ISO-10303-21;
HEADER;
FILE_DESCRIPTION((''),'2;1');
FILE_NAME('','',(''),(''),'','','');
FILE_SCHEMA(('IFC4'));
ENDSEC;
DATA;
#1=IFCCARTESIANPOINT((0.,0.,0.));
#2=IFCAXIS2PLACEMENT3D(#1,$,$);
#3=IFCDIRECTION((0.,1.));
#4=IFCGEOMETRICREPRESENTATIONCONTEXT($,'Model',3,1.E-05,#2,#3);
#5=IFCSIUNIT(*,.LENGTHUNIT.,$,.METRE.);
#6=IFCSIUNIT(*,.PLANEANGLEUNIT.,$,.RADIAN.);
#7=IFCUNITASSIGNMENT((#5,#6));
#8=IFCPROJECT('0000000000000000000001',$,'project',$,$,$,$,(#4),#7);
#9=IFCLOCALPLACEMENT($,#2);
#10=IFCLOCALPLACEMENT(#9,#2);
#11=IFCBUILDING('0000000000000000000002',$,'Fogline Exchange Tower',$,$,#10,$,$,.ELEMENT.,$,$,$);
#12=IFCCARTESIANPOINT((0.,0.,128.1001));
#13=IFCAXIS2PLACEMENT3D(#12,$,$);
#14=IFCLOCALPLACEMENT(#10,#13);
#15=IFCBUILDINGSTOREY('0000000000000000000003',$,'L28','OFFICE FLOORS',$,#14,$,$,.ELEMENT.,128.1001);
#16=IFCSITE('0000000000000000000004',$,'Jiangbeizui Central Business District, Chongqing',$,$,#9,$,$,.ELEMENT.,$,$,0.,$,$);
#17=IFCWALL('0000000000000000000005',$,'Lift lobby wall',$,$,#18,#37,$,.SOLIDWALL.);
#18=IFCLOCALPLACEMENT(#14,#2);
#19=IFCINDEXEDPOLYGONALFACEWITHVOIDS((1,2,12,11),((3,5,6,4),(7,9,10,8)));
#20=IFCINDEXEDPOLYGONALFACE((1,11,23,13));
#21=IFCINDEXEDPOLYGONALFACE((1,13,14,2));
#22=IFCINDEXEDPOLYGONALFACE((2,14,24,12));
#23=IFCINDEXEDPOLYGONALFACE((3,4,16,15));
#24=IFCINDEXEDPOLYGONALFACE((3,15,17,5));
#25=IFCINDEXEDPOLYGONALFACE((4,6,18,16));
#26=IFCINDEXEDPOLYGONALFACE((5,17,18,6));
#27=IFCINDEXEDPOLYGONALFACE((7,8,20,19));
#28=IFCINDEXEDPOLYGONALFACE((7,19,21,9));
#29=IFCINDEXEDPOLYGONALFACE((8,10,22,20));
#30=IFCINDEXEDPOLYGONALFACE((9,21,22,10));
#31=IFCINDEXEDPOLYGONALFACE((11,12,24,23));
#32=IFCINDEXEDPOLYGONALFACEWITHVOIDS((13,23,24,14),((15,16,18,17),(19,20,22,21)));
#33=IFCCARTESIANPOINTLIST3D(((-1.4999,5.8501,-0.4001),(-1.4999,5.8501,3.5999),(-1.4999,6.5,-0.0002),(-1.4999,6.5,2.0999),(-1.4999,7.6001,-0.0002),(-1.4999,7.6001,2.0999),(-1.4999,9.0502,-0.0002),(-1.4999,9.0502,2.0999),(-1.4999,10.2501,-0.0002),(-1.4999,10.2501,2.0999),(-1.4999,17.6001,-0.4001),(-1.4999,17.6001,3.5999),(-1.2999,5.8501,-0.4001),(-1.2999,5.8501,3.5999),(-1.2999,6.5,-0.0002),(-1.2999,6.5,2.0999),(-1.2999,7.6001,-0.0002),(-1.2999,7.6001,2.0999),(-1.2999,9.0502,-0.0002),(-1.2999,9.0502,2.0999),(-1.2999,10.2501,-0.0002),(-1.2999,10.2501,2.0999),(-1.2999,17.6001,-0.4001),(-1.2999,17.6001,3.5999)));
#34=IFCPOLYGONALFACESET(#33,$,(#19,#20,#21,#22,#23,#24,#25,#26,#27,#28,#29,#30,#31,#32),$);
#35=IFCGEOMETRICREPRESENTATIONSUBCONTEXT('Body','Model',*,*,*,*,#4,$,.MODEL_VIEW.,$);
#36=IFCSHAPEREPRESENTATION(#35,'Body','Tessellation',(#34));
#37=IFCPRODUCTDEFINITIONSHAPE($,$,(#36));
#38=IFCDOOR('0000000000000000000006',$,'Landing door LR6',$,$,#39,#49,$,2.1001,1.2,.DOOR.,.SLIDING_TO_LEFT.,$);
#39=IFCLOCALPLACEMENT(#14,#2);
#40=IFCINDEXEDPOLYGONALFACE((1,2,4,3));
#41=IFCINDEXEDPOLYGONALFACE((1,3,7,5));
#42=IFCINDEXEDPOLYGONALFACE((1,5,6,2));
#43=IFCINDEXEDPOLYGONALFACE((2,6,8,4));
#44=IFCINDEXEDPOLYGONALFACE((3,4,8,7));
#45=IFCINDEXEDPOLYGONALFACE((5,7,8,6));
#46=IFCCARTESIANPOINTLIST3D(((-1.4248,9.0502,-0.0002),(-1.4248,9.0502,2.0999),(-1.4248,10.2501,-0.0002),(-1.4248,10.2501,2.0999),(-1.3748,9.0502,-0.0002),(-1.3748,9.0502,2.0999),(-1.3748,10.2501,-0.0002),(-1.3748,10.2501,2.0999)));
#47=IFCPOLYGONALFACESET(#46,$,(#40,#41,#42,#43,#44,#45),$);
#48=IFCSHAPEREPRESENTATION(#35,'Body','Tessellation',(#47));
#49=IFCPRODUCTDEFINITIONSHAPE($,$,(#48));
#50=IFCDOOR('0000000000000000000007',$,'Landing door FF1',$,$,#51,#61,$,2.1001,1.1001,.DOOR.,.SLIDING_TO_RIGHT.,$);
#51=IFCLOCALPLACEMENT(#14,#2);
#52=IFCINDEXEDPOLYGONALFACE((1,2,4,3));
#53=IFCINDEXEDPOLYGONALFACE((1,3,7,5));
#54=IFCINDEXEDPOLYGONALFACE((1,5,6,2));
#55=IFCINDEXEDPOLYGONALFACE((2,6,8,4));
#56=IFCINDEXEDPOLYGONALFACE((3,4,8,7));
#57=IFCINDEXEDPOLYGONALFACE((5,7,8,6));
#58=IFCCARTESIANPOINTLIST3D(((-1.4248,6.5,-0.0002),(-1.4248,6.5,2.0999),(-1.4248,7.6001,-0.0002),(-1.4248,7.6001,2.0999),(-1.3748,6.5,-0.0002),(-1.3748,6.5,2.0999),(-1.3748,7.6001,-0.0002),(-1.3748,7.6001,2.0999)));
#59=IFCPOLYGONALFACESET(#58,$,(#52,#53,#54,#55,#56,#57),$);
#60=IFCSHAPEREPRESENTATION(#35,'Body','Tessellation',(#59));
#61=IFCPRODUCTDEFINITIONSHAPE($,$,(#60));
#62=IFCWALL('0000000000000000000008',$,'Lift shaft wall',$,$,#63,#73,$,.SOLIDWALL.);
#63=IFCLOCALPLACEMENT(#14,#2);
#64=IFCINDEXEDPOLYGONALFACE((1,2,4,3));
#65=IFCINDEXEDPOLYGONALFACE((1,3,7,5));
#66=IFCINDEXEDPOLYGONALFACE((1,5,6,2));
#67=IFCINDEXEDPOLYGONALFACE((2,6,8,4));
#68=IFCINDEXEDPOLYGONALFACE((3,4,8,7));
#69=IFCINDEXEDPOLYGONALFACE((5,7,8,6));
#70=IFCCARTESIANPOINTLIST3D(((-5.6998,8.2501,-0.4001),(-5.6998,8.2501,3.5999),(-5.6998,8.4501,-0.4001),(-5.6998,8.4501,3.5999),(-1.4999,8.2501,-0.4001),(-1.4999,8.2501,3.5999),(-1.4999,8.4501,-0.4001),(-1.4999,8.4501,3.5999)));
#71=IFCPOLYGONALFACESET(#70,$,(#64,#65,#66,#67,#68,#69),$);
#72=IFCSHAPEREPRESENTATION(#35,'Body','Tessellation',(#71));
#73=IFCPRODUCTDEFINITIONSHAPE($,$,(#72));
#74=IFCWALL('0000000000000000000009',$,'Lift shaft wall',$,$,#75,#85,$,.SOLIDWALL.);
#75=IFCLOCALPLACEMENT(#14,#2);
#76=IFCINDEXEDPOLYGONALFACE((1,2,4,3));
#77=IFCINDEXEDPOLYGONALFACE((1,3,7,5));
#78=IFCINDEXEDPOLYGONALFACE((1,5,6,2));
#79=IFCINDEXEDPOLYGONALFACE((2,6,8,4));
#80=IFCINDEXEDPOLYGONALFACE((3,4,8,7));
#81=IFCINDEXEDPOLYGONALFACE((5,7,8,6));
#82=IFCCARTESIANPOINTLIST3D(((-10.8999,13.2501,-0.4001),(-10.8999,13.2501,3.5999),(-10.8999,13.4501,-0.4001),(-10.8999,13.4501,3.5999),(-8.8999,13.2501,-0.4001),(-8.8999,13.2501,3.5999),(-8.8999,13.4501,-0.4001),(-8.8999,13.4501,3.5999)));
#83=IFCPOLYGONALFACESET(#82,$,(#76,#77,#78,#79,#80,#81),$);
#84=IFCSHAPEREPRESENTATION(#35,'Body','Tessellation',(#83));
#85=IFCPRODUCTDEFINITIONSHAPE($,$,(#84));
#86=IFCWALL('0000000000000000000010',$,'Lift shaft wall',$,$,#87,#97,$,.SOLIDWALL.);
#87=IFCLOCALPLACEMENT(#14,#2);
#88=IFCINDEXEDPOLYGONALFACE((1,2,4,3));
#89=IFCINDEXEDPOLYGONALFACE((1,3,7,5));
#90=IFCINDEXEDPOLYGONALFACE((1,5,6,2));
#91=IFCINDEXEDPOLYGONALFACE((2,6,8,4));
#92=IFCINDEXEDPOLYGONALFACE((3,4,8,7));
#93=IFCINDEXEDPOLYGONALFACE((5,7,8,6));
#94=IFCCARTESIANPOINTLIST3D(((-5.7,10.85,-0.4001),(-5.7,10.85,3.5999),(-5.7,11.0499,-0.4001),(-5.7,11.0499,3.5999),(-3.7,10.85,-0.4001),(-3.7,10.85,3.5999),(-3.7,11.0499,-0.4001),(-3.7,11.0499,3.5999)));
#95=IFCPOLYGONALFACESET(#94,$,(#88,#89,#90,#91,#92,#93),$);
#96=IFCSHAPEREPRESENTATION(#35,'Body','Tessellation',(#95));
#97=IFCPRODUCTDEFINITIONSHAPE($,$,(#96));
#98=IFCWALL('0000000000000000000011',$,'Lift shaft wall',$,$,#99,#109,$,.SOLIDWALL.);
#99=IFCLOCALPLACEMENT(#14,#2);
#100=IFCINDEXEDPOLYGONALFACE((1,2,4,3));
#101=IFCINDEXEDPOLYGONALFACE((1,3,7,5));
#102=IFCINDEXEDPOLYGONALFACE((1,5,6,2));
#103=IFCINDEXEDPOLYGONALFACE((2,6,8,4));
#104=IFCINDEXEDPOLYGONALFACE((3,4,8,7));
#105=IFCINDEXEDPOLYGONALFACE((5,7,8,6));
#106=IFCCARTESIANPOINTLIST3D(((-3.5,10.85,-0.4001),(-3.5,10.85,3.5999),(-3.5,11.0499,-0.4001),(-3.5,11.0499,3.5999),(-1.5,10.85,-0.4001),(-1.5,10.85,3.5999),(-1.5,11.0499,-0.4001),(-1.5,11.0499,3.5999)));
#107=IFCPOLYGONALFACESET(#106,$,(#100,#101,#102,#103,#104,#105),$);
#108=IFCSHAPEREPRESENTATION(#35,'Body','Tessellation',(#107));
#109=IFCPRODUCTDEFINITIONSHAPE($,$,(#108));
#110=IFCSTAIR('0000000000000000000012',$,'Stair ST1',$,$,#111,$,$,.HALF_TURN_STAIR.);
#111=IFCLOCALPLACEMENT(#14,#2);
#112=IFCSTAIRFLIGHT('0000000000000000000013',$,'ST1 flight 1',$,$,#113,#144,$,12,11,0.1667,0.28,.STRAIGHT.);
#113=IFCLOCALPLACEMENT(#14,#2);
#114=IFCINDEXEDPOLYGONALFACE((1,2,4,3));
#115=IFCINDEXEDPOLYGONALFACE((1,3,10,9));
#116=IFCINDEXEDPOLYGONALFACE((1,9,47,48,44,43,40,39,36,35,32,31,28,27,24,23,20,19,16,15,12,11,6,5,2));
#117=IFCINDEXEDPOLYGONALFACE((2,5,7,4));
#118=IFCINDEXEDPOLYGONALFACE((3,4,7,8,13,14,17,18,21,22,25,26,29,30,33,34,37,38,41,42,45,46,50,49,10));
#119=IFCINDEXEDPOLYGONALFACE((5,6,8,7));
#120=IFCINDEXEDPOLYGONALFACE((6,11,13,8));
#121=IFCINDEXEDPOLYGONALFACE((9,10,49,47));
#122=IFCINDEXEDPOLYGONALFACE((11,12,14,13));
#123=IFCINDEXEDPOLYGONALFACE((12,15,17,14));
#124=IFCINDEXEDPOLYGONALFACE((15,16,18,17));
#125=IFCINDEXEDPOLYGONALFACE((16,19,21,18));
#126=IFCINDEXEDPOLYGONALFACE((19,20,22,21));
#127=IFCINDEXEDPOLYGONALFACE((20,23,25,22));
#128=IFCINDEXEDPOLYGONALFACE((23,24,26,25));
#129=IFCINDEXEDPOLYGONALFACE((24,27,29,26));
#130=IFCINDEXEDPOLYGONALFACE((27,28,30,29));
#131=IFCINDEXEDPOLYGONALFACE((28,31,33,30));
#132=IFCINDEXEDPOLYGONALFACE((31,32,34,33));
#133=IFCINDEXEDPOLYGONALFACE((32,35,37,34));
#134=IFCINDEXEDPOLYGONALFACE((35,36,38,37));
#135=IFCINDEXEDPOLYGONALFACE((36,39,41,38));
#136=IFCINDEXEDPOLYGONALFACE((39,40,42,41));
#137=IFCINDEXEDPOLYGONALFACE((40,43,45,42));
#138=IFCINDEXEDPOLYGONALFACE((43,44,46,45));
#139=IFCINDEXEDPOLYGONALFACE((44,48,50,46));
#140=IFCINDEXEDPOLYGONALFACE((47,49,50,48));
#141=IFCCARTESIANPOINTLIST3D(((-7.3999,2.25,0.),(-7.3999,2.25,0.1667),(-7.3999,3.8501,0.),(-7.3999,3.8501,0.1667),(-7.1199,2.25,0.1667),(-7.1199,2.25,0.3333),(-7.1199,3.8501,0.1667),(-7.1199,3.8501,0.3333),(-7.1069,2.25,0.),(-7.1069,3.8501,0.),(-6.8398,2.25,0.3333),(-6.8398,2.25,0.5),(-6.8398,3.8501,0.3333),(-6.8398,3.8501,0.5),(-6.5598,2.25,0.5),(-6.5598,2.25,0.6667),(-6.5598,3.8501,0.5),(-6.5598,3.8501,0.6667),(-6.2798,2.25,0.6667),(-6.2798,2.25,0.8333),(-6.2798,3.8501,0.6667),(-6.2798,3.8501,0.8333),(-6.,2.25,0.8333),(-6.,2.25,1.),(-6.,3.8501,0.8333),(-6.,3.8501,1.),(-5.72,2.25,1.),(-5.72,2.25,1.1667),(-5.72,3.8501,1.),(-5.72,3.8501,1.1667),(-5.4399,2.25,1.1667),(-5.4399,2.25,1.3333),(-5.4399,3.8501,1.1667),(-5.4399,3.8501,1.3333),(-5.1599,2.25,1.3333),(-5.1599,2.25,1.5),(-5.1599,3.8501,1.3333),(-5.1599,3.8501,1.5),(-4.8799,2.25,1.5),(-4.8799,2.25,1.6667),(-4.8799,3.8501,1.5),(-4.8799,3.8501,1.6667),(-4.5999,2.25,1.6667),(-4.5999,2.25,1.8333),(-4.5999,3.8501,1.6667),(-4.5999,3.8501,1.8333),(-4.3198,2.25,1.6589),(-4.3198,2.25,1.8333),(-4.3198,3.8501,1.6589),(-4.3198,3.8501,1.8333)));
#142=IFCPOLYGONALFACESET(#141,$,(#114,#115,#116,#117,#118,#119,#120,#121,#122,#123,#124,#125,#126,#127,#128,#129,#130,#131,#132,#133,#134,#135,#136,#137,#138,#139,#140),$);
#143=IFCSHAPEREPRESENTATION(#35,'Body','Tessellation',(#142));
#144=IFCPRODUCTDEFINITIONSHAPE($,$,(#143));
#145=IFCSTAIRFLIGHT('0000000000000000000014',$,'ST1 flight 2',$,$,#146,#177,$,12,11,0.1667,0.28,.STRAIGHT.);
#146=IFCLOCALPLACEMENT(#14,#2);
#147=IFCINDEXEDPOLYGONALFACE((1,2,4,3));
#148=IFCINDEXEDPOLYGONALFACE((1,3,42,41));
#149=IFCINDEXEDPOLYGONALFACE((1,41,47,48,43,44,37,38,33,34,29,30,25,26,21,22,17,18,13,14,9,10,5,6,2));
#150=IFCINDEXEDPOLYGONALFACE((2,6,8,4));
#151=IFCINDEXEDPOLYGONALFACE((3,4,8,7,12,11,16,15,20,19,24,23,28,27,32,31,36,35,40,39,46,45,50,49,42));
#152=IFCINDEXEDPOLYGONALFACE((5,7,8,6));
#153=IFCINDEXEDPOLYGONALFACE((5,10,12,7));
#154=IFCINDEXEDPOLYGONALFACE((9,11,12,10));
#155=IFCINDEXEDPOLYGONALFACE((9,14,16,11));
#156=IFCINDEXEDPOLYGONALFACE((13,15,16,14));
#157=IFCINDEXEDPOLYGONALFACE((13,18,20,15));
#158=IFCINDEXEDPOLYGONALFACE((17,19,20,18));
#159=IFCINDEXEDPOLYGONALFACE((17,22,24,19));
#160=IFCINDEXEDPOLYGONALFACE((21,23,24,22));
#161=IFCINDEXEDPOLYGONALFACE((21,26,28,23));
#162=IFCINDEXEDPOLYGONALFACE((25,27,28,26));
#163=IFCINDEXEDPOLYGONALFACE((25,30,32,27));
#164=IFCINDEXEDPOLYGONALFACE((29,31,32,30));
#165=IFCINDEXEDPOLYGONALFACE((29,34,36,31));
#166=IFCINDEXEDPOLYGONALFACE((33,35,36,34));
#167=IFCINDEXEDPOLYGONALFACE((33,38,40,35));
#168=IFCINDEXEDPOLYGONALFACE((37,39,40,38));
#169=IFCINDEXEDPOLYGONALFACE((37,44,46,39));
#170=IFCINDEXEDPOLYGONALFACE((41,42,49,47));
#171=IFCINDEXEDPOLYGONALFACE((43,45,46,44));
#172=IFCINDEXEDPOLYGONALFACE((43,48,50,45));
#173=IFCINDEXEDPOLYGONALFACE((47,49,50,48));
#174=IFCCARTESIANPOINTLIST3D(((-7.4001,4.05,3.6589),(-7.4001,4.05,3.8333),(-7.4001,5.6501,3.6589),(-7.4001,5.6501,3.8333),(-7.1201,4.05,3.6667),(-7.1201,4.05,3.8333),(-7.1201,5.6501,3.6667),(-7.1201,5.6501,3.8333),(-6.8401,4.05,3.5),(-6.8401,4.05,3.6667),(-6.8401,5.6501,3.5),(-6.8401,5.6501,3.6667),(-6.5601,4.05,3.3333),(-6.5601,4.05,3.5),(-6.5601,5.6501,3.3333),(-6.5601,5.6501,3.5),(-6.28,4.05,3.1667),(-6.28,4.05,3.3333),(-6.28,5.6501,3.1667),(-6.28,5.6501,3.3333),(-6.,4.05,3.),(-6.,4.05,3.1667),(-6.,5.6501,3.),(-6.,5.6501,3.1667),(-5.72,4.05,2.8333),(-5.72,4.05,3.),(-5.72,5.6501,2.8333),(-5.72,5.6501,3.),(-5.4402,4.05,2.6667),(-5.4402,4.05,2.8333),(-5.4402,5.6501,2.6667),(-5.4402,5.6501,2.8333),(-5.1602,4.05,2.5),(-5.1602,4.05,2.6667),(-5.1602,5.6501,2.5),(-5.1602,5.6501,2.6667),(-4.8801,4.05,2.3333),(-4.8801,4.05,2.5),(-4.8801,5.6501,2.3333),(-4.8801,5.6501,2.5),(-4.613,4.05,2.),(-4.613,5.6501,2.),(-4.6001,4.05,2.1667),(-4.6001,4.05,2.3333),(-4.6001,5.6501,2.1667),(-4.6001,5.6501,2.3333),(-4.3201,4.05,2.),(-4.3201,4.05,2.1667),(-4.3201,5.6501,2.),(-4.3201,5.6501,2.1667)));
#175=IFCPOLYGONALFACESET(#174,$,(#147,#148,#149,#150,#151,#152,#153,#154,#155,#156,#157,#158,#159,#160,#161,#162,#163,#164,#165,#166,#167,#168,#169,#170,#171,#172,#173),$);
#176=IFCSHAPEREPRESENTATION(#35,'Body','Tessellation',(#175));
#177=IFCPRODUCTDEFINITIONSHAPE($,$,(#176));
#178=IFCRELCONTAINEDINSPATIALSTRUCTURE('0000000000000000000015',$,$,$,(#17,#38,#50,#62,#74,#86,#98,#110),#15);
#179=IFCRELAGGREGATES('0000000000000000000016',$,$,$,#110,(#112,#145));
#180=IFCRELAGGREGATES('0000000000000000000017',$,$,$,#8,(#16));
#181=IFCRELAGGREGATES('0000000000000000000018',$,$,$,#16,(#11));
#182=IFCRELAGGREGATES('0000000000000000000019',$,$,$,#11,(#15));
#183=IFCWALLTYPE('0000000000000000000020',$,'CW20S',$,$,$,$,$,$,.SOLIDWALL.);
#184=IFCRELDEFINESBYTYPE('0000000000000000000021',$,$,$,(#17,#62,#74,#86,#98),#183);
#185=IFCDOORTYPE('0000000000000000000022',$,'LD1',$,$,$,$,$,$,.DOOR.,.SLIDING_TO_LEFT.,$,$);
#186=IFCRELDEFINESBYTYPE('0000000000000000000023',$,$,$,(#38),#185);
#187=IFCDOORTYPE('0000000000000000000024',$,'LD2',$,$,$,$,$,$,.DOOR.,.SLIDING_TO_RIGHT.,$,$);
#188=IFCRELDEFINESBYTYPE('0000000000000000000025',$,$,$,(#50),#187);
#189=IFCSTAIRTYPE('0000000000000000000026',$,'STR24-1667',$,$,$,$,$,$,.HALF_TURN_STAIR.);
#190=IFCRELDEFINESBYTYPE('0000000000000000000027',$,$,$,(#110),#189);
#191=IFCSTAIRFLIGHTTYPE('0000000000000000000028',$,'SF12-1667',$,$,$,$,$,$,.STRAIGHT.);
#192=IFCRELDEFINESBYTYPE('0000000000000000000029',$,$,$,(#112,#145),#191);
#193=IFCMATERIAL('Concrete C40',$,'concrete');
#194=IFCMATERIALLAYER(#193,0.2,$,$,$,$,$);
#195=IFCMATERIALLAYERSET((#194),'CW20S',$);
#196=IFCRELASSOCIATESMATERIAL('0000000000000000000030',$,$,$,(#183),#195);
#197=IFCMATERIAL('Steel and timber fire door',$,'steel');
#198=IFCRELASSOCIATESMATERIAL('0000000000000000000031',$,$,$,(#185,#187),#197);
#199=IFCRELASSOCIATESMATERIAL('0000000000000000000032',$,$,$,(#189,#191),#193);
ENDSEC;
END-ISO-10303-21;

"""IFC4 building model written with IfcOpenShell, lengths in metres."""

from ifc_helpers import new_model, si_unit, direction, frame, frame_2d, origin, place, context, subcontext, project, spatial, polyline, rectangle, outline, extrude, material, layer, layer_set, type_object, element, fill, aggregate, save


model = new_model("IFC4")

# Units and contexts
model_context = context("Model", 3, precision=1e-05, world=origin(), true_north=direction((0.0, 1.0)))
body_context = subcontext(model_context, "Body", "Model", "MODEL_VIEW")
ifc_project = project(units=[si_unit("LENGTHUNIT", "METRE"), si_unit("PLANEANGLEUNIT", "RADIAN")], contexts=[model_context])

# Site, building, storey
site_placement = place(None, origin())
site = spatial("IfcSite", under=ifc_project, at=site_placement, Name="Jiangbeizui Central Business District, Chongqing", CompositionType="ELEMENT", RefElevation=0.0)
building_placement = place(site_placement, origin())
building = spatial("IfcBuilding", under=site, at=building_placement, Name="Fogline Exchange Tower", CompositionType="ELEMENT")
storey_placement = place(building_placement, frame((0.0, 0.0, 128.1001)))
storey = spatial("IfcBuildingStorey", under=building, at=storey_placement, Name="L28", Description="OFFICE FLOORS", CompositionType="ELEMENT", Elevation=128.1001)

# Shared definitions
ifc_material_1 = material(Name="Steel and timber fire door", Category="steel")

# Shared definitions
ifc_material_2 = material(Name="Concrete C40", Category="concrete")

# Shared definitions
ifc_layer_1 = layer(ifc_material_2, 0.2)
ifc_layer_set_1 = layer_set([ifc_layer_1], Name="CW20S")
wall_type_1 = type_object("IfcWallType", Name="CW20S", PredefinedType="SOLIDWALL", material=ifc_layer_set_1)
door_type_1 = type_object("IfcDoorType", Name="LD1", OperationType="SLIDING_TO_LEFT", PredefinedType="DOOR", material=ifc_material_1)

# Wall, openings, doors
wall_1_placement = place(storey_placement, frame((-1.3999, 5.8501, -0.4001), z_axis=(0.0, 0.0, 1.0), x_axis=(0.0, 1.0, 0.0)))
wall_1 = element("IfcWall", 1, at=wall_1_placement, inside=storey, type_object=wall_type_1, Name="Lift lobby wall", PredefinedType="SOLIDWALL", context=body_context, shape_type="SweptSolid", body=[
    extrude(rectangle(XDim=11.75, YDim=0.2, at=frame_2d((5.875, 0.0))), origin(), (0.0, 0.0, 1.0), 4.0),
])
opening_1_placement = place(wall_1_placement, frame((3.2, 0.0, 0.3999)))
opening_1 = element("IfcOpeningElement", 2, at=opening_1_placement, cuts=wall_1, PredefinedType="OPENING", context=body_context, shape_type="SweptSolid", body=[
    extrude(rectangle(XDim=1.2, YDim=2.1001, at=frame_2d((0.6001, 1.05))), frame((0.0, 0.1099, 0.0), z_axis=(0.0, -1.0, 0.0), x_axis=(1.0, 0.0, 0.0)), (0.0, 0.0, 1.0), 0.22),
])
opening_2_placement = place(wall_1_placement, frame((0.6499, 0.0, 0.3999)))
opening_2 = element("IfcOpeningElement", 3, at=opening_2_placement, cuts=wall_1, PredefinedType="OPENING", context=body_context, shape_type="SweptSolid", body=[
    extrude(rectangle(XDim=1.1001, YDim=2.1001, at=frame_2d((0.55, 1.05))), frame((0.0, 0.1099, 0.0), z_axis=(0.0, -1.0, 0.0), x_axis=(1.0, 0.0, 0.0)), (0.0, 0.0, 1.0), 0.22),
])
door_1_placement = place(opening_1_placement, origin())
door_1 = element("IfcDoor", 4, at=door_1_placement, inside=storey, type_object=door_type_1, Name="Landing door LR6", OperationType="SLIDING_TO_LEFT", OverallHeight=2.1001, OverallWidth=1.2, PredefinedType="DOOR", context=body_context, shape_type="SweptSolid", body=[
    extrude(rectangle(XDim=1.2, YDim=2.1001, at=frame_2d((0.6001, 1.05))), frame((0.0, 0.0249, 0.0), z_axis=(0.0, -1.0, 0.0), x_axis=(1.0, 0.0, 0.0)), (0.0, 0.0, 1.0), 0.05),
])
fill(opening_1, door_1)
door_type_2 = type_object("IfcDoorType", Name="LD2", OperationType="SLIDING_TO_RIGHT", PredefinedType="DOOR", material=ifc_material_1)
door_2_placement = place(opening_2_placement, origin())
door_2 = element("IfcDoor", 5, at=door_2_placement, inside=storey, type_object=door_type_2, Name="Landing door FF1", OperationType="SLIDING_TO_RIGHT", OverallHeight=2.1001, OverallWidth=1.1001, PredefinedType="DOOR", context=body_context, shape_type="SweptSolid", body=[
    extrude(rectangle(XDim=1.1001, YDim=2.1001, at=frame_2d((0.55, 1.05))), frame((0.0, 0.0249, 0.0), z_axis=(0.0, -1.0, 0.0), x_axis=(1.0, 0.0, 0.0)), (0.0, 0.0, 1.0), 0.05),
])
fill(opening_2, door_2)

# Walls
wall_2_placement = place(storey_placement, frame((-5.7, 8.3501, -0.4001), z_axis=(0.0, 0.0, 1.0), x_axis=(1.0, 0.0, 0.0)))
element("IfcWall", 6, at=wall_2_placement, inside=storey, type_object=wall_type_1, Name="Lift shaft wall", PredefinedType="SOLIDWALL", context=body_context, shape_type="SweptSolid", body=[
    extrude(rectangle(XDim=4.2, YDim=0.2, at=frame_2d((2.1001, 0.0))), origin(), (0.0, 0.0, 1.0), 4.0),
])
for number, where, z_axis, x_axis, name in (
    (7, (-10.8999, 13.3501, -0.4001), (0.0, 0.0, 1.0), (1.0, 0.0, 0.0), "Lift shaft wall"),
    (8, (-5.7, 10.95, -0.4001), (0.0, 0.0, 1.0), (1.0, 0.0, 0.0), "Lift shaft wall"),
    (9, (-3.5, 10.95, -0.4001), (0.0, 0.0, 1.0), (1.0, 0.0, 0.0), "Lift shaft wall"),
):
    element("IfcWall", number, at=place(storey_placement, frame(where, z_axis=z_axis, x_axis=x_axis)), inside=storey, type_object=wall_type_1, Name=name, PredefinedType="SOLIDWALL", context=body_context, shape_type="SweptSolid", body=[
        extrude(rectangle(XDim=2.0, YDim=0.2, at=frame_2d((1.0, 0.0))), origin(), (0.0, 0.0, 1.0), 4.0),
    ])

# Stair, stair flights
stair_type = type_object("IfcStairType", Name="STR24-1667", PredefinedType="HALF_TURN_STAIR", material=ifc_material_2)
stair_placement = place(storey_placement, origin())
stair = element("IfcStair", 10, at=stair_placement, inside=storey, type_object=stair_type, Name="Stair ST1", PredefinedType="HALF_TURN_STAIR")
stair_flight_type = type_object("IfcStairFlightType", Name="SF12-1667", PredefinedType="STRAIGHT", material=ifc_material_2)
stair_flight_1_placement = place(storey_placement, frame((-7.3999, 3.05, 0.0), z_axis=(0.0, 0.0, 1.0), x_axis=(1.0, 0.0, 0.0)))
stair_flight_1 = element("IfcStairFlight", 11, at=stair_flight_1_placement, type_object=stair_flight_type, Name="ST1 flight 1", NumberOfRisers=12, NumberOfTreads=11, PredefinedType="STRAIGHT", RiserHeight=0.1667, TreadLength=0.28, context=body_context, shape_type="SweptSolid", body=[
    extrude(outline(polyline([(0.0, 0.0), (0.0, 0.1667), (0.28, 0.1667), (0.28, 0.3333), (0.5601, 0.3333), (0.5601, 0.5), (0.8401, 0.5), (0.8401, 0.6667), (1.1201, 0.6667), (1.1201, 0.8333), (1.3999, 0.8333), (1.3999, 1.0), (1.6799, 1.0), (1.6799, 1.1667), (1.96, 1.1667), (1.96, 1.3333), (2.24, 1.3333), (2.24, 1.5), (2.52, 1.5), (2.52, 1.6667), (2.8, 1.6667), (2.8, 1.8333), (3.0801, 1.8333), (3.0801, 2.0), (3.0801, 1.6589), (0.293, 0.0), (0.0, 0.0)])), frame((0.0, 0.8, 0.0), z_axis=(0.0, -1.0, 0.0), x_axis=(1.0, 0.0, 0.0)), (0.0, 0.0, 1.0), 1.6001),
])
stair_flight_2_placement = place(storey_placement, frame((-4.3201, 4.8501, 2.0), z_axis=(0.0, 0.0, 1.0), x_axis=(-1.0, 0.0, 0.0)))
stair_flight_2 = element("IfcStairFlight", 12, at=stair_flight_2_placement, type_object=stair_flight_type, Name="ST1 flight 2", NumberOfRisers=12, NumberOfTreads=11, PredefinedType="STRAIGHT", RiserHeight=0.1667, TreadLength=0.28, context=body_context, shape_type="SweptSolid", body=[
    extrude(outline(polyline([(0.0, 0.0), (0.0, 0.1667), (0.28, 0.1667), (0.28, 0.3333), (0.5601, 0.3333), (0.5601, 0.5), (0.8401, 0.5), (0.8401, 0.6667), (1.1201, 0.6667), (1.1201, 0.8333), (1.3999, 0.8333), (1.3999, 1.0), (1.6799, 1.0), (1.6799, 1.1667), (1.96, 1.1667), (1.96, 1.3333), (2.24, 1.3333), (2.24, 1.5), (2.52, 1.5), (2.52, 1.6667), (2.8, 1.6667), (2.8, 1.8333), (3.0801, 1.8333), (3.0801, 2.0), (3.0801, 1.6589), (0.293, 0.0), (0.0, 0.0)])), frame((0.0, 0.8, 0.0), z_axis=(0.0, -1.0, 0.0), x_axis=(1.0, 0.0, 0.0)), (0.0, 0.0, 1.0), 1.6001),
])
aggregate(stair, [stair_flight_1, stair_flight_2])

save(model, "model.ifc")
